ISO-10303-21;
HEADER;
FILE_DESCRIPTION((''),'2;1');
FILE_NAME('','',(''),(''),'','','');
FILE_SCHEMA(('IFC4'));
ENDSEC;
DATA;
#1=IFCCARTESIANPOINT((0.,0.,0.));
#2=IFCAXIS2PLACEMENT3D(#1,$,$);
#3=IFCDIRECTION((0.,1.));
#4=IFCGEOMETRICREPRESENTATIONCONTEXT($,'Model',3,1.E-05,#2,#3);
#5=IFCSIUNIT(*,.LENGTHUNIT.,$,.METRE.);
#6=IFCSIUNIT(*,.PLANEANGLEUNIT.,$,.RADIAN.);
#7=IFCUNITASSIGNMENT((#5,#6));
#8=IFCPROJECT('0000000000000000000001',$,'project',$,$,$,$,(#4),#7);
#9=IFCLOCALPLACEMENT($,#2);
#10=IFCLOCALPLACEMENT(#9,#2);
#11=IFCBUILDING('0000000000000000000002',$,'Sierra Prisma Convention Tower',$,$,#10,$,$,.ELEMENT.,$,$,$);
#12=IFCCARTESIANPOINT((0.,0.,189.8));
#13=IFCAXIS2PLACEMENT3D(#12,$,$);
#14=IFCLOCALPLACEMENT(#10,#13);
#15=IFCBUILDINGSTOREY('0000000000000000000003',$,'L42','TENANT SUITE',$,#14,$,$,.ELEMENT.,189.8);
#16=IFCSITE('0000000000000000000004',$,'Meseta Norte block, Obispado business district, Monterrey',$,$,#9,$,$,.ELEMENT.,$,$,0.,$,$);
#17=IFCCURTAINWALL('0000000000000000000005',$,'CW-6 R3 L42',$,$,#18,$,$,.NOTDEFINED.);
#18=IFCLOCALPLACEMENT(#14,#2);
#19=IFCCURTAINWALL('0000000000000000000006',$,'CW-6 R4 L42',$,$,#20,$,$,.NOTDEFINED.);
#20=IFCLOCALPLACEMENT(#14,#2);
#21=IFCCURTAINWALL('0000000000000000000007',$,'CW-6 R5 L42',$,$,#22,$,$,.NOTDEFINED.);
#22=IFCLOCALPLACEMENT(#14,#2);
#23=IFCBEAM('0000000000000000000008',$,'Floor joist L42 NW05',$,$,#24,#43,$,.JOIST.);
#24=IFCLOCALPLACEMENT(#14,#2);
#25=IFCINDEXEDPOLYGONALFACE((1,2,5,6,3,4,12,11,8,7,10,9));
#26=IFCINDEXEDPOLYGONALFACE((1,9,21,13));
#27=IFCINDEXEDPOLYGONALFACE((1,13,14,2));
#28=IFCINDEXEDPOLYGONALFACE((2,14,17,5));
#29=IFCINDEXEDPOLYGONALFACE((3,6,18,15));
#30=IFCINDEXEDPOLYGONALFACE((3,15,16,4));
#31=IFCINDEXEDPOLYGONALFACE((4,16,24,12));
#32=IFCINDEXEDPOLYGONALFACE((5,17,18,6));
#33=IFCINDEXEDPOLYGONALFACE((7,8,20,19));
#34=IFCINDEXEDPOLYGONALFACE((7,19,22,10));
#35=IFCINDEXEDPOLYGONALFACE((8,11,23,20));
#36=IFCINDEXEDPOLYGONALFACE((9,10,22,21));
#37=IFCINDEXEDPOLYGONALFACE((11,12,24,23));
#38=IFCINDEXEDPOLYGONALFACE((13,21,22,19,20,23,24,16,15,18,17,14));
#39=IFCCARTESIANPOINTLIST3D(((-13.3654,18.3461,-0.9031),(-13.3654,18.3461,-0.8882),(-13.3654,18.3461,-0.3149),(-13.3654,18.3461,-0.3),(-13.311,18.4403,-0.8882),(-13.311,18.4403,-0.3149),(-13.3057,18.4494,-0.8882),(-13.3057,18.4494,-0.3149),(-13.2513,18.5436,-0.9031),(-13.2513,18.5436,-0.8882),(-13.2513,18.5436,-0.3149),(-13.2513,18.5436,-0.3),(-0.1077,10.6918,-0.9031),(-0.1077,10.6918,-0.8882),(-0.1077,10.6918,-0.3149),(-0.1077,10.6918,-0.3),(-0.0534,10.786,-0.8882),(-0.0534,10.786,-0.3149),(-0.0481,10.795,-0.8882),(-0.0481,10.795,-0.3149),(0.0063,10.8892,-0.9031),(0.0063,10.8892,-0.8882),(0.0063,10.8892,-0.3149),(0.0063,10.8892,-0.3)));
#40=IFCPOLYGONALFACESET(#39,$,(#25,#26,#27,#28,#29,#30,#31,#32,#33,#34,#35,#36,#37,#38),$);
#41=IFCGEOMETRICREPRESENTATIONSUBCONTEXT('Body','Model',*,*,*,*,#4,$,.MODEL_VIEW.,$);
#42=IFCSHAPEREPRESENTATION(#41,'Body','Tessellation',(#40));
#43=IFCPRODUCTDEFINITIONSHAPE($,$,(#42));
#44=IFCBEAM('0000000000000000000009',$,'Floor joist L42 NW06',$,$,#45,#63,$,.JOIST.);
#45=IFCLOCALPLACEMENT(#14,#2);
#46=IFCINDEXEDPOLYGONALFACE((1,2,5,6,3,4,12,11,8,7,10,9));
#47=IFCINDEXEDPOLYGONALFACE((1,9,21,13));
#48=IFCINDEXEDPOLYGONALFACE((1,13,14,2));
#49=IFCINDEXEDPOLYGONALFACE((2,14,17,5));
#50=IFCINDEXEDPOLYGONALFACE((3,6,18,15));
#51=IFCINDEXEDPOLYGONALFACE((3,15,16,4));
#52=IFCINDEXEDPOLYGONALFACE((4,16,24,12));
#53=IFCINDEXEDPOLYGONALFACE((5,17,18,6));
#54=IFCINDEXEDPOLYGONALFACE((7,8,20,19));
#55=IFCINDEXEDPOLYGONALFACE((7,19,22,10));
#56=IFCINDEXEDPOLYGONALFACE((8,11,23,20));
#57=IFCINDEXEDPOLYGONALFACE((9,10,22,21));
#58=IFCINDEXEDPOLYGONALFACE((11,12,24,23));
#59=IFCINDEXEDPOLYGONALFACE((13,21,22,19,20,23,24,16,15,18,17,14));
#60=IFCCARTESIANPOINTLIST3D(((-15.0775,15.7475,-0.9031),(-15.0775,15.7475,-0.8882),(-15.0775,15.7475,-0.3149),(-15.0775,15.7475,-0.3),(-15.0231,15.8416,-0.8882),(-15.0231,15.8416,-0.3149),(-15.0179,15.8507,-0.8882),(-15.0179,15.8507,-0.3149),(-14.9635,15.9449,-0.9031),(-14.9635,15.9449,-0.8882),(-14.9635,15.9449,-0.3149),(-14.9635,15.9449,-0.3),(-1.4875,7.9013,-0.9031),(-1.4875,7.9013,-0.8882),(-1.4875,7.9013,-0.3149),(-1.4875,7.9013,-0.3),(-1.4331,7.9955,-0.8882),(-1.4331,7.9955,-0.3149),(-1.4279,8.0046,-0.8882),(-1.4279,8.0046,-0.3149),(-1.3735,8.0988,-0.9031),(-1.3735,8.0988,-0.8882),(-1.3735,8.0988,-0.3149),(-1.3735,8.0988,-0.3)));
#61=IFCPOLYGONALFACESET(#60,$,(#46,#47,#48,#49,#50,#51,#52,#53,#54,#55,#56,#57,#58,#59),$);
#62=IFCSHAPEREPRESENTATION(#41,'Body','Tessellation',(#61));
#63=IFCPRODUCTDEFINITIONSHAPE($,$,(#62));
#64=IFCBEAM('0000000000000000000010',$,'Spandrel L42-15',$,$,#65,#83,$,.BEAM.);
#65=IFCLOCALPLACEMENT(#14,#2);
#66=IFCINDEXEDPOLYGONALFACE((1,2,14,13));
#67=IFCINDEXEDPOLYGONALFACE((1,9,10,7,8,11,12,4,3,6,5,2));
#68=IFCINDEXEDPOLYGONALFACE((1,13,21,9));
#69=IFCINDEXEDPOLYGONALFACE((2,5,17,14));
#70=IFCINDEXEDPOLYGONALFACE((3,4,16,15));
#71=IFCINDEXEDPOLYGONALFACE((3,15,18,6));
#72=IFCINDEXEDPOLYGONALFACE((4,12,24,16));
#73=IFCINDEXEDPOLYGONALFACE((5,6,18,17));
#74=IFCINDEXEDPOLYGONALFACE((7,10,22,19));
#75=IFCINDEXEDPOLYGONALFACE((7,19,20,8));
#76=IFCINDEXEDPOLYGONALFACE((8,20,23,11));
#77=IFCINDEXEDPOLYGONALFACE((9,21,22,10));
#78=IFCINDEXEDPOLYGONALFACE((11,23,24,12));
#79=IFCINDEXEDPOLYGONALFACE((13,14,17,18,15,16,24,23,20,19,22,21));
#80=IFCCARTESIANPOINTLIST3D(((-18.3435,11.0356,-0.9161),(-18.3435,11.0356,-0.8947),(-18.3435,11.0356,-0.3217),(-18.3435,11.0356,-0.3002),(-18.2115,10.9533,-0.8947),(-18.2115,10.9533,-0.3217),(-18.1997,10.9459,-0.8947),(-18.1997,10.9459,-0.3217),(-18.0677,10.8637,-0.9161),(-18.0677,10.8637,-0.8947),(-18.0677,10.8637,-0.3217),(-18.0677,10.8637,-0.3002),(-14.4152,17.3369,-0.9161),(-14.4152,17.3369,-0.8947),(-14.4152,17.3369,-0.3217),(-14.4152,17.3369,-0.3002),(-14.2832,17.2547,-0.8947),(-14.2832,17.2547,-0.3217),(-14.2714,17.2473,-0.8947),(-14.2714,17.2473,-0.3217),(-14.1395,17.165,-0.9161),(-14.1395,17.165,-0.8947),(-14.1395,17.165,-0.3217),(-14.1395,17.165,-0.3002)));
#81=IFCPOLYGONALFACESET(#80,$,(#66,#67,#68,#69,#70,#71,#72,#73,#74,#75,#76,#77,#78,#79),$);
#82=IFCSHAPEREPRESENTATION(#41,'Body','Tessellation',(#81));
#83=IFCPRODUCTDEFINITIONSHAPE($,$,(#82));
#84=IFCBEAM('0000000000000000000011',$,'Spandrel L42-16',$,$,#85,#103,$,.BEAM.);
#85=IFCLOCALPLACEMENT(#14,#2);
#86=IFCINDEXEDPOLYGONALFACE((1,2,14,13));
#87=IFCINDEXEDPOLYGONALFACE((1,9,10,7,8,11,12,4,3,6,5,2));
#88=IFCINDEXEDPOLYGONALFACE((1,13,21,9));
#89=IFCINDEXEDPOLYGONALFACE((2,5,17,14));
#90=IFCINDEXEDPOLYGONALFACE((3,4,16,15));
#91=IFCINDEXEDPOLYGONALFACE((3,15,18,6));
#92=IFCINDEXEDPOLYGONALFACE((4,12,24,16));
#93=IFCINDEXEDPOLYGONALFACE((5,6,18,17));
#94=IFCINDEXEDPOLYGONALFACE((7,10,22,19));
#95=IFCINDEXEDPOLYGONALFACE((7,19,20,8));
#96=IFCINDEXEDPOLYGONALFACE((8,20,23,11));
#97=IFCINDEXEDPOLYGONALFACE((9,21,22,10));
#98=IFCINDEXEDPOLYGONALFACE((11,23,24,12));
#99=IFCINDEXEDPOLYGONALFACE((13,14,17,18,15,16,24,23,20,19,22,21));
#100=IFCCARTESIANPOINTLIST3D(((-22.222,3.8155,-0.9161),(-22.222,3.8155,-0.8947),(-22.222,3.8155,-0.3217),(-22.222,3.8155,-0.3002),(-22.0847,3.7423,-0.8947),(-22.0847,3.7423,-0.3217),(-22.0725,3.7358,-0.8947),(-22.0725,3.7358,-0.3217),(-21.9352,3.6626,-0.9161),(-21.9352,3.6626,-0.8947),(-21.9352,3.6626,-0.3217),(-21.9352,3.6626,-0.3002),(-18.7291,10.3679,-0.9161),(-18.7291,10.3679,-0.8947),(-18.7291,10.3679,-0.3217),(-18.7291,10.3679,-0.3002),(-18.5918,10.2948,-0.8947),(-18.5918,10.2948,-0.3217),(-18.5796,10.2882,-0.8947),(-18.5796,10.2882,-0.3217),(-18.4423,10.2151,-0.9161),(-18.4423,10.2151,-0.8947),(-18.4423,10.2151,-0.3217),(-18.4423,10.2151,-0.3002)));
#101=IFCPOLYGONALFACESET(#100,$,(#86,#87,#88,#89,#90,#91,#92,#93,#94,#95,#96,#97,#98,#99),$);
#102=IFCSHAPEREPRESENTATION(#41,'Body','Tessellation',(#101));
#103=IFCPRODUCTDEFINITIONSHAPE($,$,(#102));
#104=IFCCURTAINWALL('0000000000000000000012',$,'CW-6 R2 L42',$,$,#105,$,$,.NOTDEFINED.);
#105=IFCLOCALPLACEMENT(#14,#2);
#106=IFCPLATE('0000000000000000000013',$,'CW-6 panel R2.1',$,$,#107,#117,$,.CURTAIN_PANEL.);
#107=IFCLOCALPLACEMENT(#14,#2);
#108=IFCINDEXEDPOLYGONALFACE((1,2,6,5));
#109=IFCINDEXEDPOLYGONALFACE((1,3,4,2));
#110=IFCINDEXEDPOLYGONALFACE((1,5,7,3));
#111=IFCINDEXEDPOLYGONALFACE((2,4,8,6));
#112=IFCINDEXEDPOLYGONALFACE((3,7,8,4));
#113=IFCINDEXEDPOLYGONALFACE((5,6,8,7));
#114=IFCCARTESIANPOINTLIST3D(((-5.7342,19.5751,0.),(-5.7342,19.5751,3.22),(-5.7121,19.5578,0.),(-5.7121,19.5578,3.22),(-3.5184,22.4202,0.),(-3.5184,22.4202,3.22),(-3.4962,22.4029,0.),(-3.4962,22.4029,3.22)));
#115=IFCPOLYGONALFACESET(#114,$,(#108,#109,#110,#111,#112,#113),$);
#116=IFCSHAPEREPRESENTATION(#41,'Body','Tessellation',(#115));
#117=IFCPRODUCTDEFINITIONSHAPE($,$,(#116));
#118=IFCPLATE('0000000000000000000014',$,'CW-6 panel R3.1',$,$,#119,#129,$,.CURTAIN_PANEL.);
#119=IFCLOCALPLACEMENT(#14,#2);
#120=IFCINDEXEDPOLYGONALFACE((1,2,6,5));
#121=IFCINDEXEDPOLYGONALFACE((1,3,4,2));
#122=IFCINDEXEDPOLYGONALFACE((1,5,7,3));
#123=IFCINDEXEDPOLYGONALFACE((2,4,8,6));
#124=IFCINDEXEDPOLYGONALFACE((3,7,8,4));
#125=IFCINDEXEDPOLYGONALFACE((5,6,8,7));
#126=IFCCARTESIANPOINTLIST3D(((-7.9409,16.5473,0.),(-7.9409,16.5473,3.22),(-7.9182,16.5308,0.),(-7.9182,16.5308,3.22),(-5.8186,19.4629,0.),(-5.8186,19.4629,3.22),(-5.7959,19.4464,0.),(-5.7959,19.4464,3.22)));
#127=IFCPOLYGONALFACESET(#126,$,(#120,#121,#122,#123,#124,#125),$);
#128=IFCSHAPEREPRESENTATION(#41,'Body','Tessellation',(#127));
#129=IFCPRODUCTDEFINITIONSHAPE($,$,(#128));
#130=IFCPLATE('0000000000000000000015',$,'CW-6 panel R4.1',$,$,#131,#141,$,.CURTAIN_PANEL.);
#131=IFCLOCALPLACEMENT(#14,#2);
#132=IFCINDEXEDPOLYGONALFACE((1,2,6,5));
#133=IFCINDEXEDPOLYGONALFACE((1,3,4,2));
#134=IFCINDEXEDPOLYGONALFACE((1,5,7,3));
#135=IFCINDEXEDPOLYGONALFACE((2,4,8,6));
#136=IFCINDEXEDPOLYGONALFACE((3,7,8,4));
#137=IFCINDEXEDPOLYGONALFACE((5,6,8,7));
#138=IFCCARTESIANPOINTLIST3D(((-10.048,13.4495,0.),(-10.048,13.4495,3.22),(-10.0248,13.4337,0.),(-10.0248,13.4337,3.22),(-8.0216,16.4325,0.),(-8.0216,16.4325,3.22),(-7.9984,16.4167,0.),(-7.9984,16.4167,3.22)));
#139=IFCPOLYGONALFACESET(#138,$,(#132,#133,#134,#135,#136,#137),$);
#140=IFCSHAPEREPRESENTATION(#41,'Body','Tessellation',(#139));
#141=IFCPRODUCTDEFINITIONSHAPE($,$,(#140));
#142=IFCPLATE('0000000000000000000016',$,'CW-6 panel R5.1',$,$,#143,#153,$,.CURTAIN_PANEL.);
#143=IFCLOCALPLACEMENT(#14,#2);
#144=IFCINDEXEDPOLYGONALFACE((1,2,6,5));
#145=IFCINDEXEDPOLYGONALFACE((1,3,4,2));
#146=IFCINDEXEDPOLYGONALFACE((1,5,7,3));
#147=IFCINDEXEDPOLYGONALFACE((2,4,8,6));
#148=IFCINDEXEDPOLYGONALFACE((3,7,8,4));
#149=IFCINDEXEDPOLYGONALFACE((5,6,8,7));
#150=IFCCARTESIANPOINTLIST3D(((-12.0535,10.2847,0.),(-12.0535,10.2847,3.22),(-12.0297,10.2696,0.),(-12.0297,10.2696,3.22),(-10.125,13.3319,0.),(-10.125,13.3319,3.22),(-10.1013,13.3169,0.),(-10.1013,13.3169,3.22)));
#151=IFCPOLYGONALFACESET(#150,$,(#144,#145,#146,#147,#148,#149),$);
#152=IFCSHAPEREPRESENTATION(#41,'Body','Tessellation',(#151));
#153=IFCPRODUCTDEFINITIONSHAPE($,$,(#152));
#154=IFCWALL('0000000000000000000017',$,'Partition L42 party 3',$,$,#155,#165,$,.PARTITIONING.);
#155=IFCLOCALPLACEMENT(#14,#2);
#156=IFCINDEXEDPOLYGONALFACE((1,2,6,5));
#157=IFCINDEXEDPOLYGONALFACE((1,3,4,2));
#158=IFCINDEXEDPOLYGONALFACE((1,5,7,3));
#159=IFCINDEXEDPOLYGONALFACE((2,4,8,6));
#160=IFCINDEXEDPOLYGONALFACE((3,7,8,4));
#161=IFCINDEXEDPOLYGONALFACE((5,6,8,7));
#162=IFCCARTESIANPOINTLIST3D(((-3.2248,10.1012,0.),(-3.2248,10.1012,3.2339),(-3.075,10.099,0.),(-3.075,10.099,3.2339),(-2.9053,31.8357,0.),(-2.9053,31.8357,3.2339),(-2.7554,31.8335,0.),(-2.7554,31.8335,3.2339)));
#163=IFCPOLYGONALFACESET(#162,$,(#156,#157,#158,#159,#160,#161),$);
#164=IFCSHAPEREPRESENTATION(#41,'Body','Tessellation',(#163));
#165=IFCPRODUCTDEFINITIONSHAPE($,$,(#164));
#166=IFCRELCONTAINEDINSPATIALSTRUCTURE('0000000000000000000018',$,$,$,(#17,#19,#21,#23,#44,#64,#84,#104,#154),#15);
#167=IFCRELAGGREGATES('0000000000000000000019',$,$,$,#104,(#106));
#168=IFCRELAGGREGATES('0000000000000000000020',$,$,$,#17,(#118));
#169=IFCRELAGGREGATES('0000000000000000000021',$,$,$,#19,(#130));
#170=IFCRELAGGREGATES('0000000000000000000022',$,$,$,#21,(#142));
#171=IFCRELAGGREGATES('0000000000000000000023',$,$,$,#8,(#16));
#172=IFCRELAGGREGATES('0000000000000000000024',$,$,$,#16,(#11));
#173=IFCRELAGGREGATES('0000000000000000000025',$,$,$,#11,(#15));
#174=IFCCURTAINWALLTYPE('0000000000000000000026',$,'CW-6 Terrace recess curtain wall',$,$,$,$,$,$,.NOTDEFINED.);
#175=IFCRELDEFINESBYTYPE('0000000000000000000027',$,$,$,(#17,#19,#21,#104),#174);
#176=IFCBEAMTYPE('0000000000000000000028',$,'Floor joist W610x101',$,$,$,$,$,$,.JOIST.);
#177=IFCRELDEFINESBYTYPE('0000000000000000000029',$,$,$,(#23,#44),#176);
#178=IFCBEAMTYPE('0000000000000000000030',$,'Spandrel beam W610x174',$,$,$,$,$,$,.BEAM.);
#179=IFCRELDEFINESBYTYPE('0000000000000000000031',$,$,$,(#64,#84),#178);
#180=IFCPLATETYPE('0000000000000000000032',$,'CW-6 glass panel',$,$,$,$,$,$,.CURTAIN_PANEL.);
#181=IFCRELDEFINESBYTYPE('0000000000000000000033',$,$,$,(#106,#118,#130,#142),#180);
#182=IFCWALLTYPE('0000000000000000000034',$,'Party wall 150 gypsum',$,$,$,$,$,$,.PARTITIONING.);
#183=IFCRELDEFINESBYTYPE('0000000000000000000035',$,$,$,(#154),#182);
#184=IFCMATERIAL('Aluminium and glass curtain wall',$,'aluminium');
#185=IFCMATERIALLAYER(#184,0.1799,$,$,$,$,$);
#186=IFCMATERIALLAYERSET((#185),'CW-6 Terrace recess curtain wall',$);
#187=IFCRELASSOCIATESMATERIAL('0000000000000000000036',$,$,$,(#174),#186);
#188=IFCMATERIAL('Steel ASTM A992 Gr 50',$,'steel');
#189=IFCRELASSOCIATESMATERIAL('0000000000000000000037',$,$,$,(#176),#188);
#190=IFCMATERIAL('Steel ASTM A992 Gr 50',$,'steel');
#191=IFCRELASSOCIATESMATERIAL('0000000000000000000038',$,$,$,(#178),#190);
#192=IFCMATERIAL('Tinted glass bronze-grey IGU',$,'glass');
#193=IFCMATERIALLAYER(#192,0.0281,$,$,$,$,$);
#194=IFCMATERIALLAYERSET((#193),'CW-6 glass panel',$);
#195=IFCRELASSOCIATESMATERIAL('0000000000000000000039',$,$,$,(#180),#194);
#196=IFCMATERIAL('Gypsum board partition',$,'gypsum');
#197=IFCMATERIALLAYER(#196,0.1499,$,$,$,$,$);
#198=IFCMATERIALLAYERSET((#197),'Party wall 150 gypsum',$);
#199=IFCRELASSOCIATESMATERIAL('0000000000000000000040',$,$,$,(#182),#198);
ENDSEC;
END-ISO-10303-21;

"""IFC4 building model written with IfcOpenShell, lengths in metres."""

from ifc_helpers import new_model, si_unit, direction, frame, frame_2d, origin, origin_2d, place, context, subcontext, project, spatial, rectangle, i_section, extrude, material, layer, layer_set, material_profile, profile_set, type_object, element, aggregate, save


model = new_model("IFC4")

# Units and contexts
model_context = context("Model", 3, precision=1e-05, world=origin(), true_north=direction((0.0, 1.0)))
body_context = subcontext(model_context, "Body", "Model", "MODEL_VIEW")
ifc_project = project(units=[si_unit("LENGTHUNIT", "METRE"), si_unit("PLANEANGLEUNIT", "RADIAN")], contexts=[model_context])

# Site, building, storey
site_placement = place(None, origin())
site = spatial("IfcSite", under=ifc_project, at=site_placement, Name="Meseta Norte block, Obispado business district, Monterrey", CompositionType="ELEMENT", RefElevation=0.0)
building_placement = place(site_placement, origin())
building = spatial("IfcBuilding", under=site, at=building_placement, Name="Sierra Prisma Convention Tower", CompositionType="ELEMENT")
storey_placement = place(building_placement, frame((0.0, 0.0, 189.8)))
storey = spatial("IfcBuildingStorey", under=building, at=storey_placement, Name="L42", Description="TENANT SUITE", CompositionType="ELEMENT", Elevation=189.8)

# Curtain walls
ifc_material_1 = material(Name="Aluminium and glass curtain wall", Category="aluminium")
ifc_layer_1 = layer(ifc_material_1, 0.1799)
ifc_layer_set_1 = layer_set([ifc_layer_1], Name="CW-6 Terrace recess curtain wall")
curtain_wall_type = type_object("IfcCurtainWallType", Name="CW-6 Terrace recess curtain wall", PredefinedType="NOTDEFINED", material=ifc_layer_set_1)
curtain_wall_1_placement = place(storey_placement, origin())
curtain_wall_1 = element("IfcCurtainWall", 1, at=curtain_wall_1_placement, inside=storey, type_object=curtain_wall_type, Name="CW-6 R3 L42", PredefinedType="NOTDEFINED")
curtain_wall_2_placement = place(storey_placement, origin())
curtain_wall_2 = element("IfcCurtainWall", 2, at=curtain_wall_2_placement, inside=storey, type_object=curtain_wall_type, Name="CW-6 R4 L42", PredefinedType="NOTDEFINED")
curtain_wall_3_placement = place(storey_placement, origin())
curtain_wall_3 = element("IfcCurtainWall", 3, at=curtain_wall_3_placement, inside=storey, type_object=curtain_wall_type, Name="CW-6 R5 L42", PredefinedType="NOTDEFINED")

# Beams
ifc_material_2 = material(Name="Steel ASTM A992 Gr 50", Category="steel")
ifc_material_profile_1 = material_profile(ifc_material_2, i_section(OverallWidth=0.228, OverallDepth=0.603, WebThickness=0.0105, FlangeThickness=0.0149, at=origin_2d()), Name="W610x101")
ifc_profile_set_1 = profile_set([ifc_material_profile_1], Name="Steel ASTM A992 Gr 50")
beam_type_1 = type_object("IfcBeamType", Name="Floor joist W610x101", PredefinedType="JOIST", material=ifc_profile_set_1)
beam_1_placement = place(storey_placement, frame((-13.3083, 18.4448, -0.6016), z_axis=(0.866024, -0.500002, 0.0), x_axis=(0.500002, 0.866024, 0.0)))
element("IfcBeam", 4, at=beam_1_placement, inside=storey, type_object=beam_type_1, Name="Floor joist L42 NW05", PredefinedType="JOIST", context=body_context, shape_type="SweptSolid", body=[
    extrude(i_section(OverallWidth=0.228, OverallDepth=0.603, WebThickness=0.0105, FlangeThickness=0.0149, at=origin_2d()), origin(), (0.0, 0.0, 1.0), 15.3086),
])
beam_2_placement = place(storey_placement, frame((-15.0205, 15.8462, -0.6016), z_axis=(0.866027, -0.499998, 0.0), x_axis=(0.499998, 0.866027, 0.0)))
element("IfcBeam", 5, at=beam_2_placement, inside=storey, type_object=beam_type_1, Name="Floor joist L42 NW06", PredefinedType="JOIST", context=body_context, shape_type="SweptSolid", body=[
    extrude(i_section(OverallWidth=0.228, OverallDepth=0.603, WebThickness=0.0105, FlangeThickness=0.0149, at=origin_2d()), origin(), (0.0, 0.0, 1.0), 15.6924),
])
ifc_material_3 = material(Name="Steel ASTM A992 Gr 50", Category="steel")
ifc_material_profile_2 = material_profile(ifc_material_3, i_section(OverallWidth=0.325, OverallDepth=0.616, WebThickness=0.0139, FlangeThickness=0.0215, at=origin_2d()), Name="W610x174")
ifc_profile_set_2 = profile_set([ifc_material_profile_2], Name="Steel ASTM A992 Gr 50")
beam_type_2 = type_object("IfcBeamType", Name="Spandrel beam W610x174", PredefinedType="BEAM", material=ifc_profile_set_2)
beam_3_placement = place(storey_placement, frame((-14.2773, 17.251, -0.6082), z_axis=(-0.529023, -0.848607, 0.0), x_axis=(0.848607, -0.529023, 0.0)))
element("IfcBeam", 6, at=beam_3_placement, inside=storey, type_object=beam_type_2, Name="Spandrel L42-15", PredefinedType="BEAM", context=body_context, shape_type="SweptSolid", body=[
    extrude(i_section(OverallWidth=0.325, OverallDepth=0.616, WebThickness=0.0139, FlangeThickness=0.0215, at=origin_2d()), origin(), (0.0, 0.0, 1.0), 7.4255),
])
beam_4_placement = place(storey_placement, frame((-18.5857, 10.2915, -0.6082), z_axis=(-0.470406, -0.88245, 0.0), x_axis=(0.88245, -0.470406, 0.0)))
element("IfcBeam", 7, at=beam_4_placement, inside=storey, type_object=beam_type_2, Name="Spandrel L42-16", PredefinedType="BEAM", context=body_context, shape_type="SweptSolid", body=[
    extrude(i_section(OverallWidth=0.325, OverallDepth=0.616, WebThickness=0.0139, FlangeThickness=0.0215, at=origin_2d()), origin(), (0.0, 0.0, 1.0), 7.4253),
])

# Curtain wall, plate
curtain_wall_4_placement = place(storey_placement, origin())
curtain_wall_4 = element("IfcCurtainWall", 8, at=curtain_wall_4_placement, inside=storey, type_object=curtain_wall_type, Name="CW-6 R2 L42", PredefinedType="NOTDEFINED")
ifc_material_4 = material(Name="Tinted glass bronze-grey IGU", Category="glass")
ifc_layer_2 = layer(ifc_material_4, 0.0281)
ifc_layer_set_2 = layer_set([ifc_layer_2], Name="CW-6 glass panel")
plate_type = type_object("IfcPlateType", Name="CW-6 glass panel", PredefinedType="CURTAIN_PANEL", material=ifc_layer_set_2)
plate_1_placement = place(storey_placement, frame((-4.6152, 20.989, 0.0), z_axis=(0.0, 0.0, 1.0), x_axis=(-0.614461, -0.788947, 0.0)))
plate_1 = element("IfcPlate", 9, at=plate_1_placement, type_object=plate_type, Name="CW-6 panel R2.1", PredefinedType="CURTAIN_PANEL", context=body_context, shape_type="SweptSolid", body=[
    extrude(rectangle(XDim=3.6062, YDim=0.0281, at=origin_2d()), origin(), (0.0, 0.0, 1.0), 3.22),
])
aggregate(curtain_wall_4, [plate_1])

# Plates
plate_2_placement = place(storey_placement, frame((-6.8684, 17.9968, 0.0), z_axis=(0.0, 0.0, 1.0), x_axis=(-0.588504, -0.808494, 0.0)))
plate_2 = element("IfcPlate", 10, at=plate_2_placement, type_object=plate_type, Name="CW-6 panel R3.1", PredefinedType="CURTAIN_PANEL", context=body_context, shape_type="SweptSolid", body=[
    extrude(rectangle(XDim=3.6062, YDim=0.0281, at=origin_2d()), origin(), (0.0, 0.0, 1.0), 3.22),
])
aggregate(curtain_wall_1, [plate_2])
plate_3_placement = place(storey_placement, frame((-9.0232, 14.9331, 0.0), z_axis=(0.0, 0.0, 1.0), x_axis=(-0.561926, -0.827187, 0.0)))
plate_3 = element("IfcPlate", 11, at=plate_3_placement, type_object=plate_type, Name="CW-6 panel R4.1", PredefinedType="CURTAIN_PANEL", context=body_context, shape_type="SweptSolid", body=[
    extrude(rectangle(XDim=3.6062, YDim=0.0281, at=origin_2d()), origin(), (0.0, 0.0, 1.0), 3.22),
])
aggregate(curtain_wall_2, [plate_3])
plate_4_placement = place(storey_placement, frame((-11.0774, 11.8008, 0.0), z_axis=(0.0, 0.0, 1.0), x_axis=(-0.534755, -0.845007, 0.0)))
plate_4 = element("IfcPlate", 12, at=plate_4_placement, type_object=plate_type, Name="CW-6 panel R5.1", PredefinedType="CURTAIN_PANEL", context=body_context, shape_type="SweptSolid", body=[
    extrude(rectangle(XDim=3.6062, YDim=0.0281, at=origin_2d()), origin(), (0.0, 0.0, 1.0), 3.22),
])
aggregate(curtain_wall_3, [plate_4])

# Wall
ifc_material_5 = material(Name="Gypsum board partition", Category="gypsum")
ifc_layer_3 = layer(ifc_material_5, 0.1499)
ifc_layer_set_3 = layer_set([ifc_layer_3], Name="Party wall 150 gypsum")
wall_type_1 = type_object("IfcWallType", Name="Party wall 150 gypsum", PredefinedType="PARTITIONING", material=ifc_layer_set_3)
wall_1_placement = place(storey_placement, frame((-3.1499, 10.1001, 0.0), z_axis=(0.0, 0.0, 1.0), x_axis=(0.014702, 0.999892, 0.0)))
element("IfcWall", 13, at=wall_1_placement, inside=storey, type_object=wall_type_1, Name="Partition L42 party 3", PredefinedType="PARTITIONING", context=body_context, shape_type="SweptSolid", body=[
    extrude(rectangle(XDim=21.7368, YDim=0.1499, at=frame_2d((10.8684, 0.0))), origin(), (0.0, 0.0, 1.0), 3.2339),
])

save(model, "model.ifc")
